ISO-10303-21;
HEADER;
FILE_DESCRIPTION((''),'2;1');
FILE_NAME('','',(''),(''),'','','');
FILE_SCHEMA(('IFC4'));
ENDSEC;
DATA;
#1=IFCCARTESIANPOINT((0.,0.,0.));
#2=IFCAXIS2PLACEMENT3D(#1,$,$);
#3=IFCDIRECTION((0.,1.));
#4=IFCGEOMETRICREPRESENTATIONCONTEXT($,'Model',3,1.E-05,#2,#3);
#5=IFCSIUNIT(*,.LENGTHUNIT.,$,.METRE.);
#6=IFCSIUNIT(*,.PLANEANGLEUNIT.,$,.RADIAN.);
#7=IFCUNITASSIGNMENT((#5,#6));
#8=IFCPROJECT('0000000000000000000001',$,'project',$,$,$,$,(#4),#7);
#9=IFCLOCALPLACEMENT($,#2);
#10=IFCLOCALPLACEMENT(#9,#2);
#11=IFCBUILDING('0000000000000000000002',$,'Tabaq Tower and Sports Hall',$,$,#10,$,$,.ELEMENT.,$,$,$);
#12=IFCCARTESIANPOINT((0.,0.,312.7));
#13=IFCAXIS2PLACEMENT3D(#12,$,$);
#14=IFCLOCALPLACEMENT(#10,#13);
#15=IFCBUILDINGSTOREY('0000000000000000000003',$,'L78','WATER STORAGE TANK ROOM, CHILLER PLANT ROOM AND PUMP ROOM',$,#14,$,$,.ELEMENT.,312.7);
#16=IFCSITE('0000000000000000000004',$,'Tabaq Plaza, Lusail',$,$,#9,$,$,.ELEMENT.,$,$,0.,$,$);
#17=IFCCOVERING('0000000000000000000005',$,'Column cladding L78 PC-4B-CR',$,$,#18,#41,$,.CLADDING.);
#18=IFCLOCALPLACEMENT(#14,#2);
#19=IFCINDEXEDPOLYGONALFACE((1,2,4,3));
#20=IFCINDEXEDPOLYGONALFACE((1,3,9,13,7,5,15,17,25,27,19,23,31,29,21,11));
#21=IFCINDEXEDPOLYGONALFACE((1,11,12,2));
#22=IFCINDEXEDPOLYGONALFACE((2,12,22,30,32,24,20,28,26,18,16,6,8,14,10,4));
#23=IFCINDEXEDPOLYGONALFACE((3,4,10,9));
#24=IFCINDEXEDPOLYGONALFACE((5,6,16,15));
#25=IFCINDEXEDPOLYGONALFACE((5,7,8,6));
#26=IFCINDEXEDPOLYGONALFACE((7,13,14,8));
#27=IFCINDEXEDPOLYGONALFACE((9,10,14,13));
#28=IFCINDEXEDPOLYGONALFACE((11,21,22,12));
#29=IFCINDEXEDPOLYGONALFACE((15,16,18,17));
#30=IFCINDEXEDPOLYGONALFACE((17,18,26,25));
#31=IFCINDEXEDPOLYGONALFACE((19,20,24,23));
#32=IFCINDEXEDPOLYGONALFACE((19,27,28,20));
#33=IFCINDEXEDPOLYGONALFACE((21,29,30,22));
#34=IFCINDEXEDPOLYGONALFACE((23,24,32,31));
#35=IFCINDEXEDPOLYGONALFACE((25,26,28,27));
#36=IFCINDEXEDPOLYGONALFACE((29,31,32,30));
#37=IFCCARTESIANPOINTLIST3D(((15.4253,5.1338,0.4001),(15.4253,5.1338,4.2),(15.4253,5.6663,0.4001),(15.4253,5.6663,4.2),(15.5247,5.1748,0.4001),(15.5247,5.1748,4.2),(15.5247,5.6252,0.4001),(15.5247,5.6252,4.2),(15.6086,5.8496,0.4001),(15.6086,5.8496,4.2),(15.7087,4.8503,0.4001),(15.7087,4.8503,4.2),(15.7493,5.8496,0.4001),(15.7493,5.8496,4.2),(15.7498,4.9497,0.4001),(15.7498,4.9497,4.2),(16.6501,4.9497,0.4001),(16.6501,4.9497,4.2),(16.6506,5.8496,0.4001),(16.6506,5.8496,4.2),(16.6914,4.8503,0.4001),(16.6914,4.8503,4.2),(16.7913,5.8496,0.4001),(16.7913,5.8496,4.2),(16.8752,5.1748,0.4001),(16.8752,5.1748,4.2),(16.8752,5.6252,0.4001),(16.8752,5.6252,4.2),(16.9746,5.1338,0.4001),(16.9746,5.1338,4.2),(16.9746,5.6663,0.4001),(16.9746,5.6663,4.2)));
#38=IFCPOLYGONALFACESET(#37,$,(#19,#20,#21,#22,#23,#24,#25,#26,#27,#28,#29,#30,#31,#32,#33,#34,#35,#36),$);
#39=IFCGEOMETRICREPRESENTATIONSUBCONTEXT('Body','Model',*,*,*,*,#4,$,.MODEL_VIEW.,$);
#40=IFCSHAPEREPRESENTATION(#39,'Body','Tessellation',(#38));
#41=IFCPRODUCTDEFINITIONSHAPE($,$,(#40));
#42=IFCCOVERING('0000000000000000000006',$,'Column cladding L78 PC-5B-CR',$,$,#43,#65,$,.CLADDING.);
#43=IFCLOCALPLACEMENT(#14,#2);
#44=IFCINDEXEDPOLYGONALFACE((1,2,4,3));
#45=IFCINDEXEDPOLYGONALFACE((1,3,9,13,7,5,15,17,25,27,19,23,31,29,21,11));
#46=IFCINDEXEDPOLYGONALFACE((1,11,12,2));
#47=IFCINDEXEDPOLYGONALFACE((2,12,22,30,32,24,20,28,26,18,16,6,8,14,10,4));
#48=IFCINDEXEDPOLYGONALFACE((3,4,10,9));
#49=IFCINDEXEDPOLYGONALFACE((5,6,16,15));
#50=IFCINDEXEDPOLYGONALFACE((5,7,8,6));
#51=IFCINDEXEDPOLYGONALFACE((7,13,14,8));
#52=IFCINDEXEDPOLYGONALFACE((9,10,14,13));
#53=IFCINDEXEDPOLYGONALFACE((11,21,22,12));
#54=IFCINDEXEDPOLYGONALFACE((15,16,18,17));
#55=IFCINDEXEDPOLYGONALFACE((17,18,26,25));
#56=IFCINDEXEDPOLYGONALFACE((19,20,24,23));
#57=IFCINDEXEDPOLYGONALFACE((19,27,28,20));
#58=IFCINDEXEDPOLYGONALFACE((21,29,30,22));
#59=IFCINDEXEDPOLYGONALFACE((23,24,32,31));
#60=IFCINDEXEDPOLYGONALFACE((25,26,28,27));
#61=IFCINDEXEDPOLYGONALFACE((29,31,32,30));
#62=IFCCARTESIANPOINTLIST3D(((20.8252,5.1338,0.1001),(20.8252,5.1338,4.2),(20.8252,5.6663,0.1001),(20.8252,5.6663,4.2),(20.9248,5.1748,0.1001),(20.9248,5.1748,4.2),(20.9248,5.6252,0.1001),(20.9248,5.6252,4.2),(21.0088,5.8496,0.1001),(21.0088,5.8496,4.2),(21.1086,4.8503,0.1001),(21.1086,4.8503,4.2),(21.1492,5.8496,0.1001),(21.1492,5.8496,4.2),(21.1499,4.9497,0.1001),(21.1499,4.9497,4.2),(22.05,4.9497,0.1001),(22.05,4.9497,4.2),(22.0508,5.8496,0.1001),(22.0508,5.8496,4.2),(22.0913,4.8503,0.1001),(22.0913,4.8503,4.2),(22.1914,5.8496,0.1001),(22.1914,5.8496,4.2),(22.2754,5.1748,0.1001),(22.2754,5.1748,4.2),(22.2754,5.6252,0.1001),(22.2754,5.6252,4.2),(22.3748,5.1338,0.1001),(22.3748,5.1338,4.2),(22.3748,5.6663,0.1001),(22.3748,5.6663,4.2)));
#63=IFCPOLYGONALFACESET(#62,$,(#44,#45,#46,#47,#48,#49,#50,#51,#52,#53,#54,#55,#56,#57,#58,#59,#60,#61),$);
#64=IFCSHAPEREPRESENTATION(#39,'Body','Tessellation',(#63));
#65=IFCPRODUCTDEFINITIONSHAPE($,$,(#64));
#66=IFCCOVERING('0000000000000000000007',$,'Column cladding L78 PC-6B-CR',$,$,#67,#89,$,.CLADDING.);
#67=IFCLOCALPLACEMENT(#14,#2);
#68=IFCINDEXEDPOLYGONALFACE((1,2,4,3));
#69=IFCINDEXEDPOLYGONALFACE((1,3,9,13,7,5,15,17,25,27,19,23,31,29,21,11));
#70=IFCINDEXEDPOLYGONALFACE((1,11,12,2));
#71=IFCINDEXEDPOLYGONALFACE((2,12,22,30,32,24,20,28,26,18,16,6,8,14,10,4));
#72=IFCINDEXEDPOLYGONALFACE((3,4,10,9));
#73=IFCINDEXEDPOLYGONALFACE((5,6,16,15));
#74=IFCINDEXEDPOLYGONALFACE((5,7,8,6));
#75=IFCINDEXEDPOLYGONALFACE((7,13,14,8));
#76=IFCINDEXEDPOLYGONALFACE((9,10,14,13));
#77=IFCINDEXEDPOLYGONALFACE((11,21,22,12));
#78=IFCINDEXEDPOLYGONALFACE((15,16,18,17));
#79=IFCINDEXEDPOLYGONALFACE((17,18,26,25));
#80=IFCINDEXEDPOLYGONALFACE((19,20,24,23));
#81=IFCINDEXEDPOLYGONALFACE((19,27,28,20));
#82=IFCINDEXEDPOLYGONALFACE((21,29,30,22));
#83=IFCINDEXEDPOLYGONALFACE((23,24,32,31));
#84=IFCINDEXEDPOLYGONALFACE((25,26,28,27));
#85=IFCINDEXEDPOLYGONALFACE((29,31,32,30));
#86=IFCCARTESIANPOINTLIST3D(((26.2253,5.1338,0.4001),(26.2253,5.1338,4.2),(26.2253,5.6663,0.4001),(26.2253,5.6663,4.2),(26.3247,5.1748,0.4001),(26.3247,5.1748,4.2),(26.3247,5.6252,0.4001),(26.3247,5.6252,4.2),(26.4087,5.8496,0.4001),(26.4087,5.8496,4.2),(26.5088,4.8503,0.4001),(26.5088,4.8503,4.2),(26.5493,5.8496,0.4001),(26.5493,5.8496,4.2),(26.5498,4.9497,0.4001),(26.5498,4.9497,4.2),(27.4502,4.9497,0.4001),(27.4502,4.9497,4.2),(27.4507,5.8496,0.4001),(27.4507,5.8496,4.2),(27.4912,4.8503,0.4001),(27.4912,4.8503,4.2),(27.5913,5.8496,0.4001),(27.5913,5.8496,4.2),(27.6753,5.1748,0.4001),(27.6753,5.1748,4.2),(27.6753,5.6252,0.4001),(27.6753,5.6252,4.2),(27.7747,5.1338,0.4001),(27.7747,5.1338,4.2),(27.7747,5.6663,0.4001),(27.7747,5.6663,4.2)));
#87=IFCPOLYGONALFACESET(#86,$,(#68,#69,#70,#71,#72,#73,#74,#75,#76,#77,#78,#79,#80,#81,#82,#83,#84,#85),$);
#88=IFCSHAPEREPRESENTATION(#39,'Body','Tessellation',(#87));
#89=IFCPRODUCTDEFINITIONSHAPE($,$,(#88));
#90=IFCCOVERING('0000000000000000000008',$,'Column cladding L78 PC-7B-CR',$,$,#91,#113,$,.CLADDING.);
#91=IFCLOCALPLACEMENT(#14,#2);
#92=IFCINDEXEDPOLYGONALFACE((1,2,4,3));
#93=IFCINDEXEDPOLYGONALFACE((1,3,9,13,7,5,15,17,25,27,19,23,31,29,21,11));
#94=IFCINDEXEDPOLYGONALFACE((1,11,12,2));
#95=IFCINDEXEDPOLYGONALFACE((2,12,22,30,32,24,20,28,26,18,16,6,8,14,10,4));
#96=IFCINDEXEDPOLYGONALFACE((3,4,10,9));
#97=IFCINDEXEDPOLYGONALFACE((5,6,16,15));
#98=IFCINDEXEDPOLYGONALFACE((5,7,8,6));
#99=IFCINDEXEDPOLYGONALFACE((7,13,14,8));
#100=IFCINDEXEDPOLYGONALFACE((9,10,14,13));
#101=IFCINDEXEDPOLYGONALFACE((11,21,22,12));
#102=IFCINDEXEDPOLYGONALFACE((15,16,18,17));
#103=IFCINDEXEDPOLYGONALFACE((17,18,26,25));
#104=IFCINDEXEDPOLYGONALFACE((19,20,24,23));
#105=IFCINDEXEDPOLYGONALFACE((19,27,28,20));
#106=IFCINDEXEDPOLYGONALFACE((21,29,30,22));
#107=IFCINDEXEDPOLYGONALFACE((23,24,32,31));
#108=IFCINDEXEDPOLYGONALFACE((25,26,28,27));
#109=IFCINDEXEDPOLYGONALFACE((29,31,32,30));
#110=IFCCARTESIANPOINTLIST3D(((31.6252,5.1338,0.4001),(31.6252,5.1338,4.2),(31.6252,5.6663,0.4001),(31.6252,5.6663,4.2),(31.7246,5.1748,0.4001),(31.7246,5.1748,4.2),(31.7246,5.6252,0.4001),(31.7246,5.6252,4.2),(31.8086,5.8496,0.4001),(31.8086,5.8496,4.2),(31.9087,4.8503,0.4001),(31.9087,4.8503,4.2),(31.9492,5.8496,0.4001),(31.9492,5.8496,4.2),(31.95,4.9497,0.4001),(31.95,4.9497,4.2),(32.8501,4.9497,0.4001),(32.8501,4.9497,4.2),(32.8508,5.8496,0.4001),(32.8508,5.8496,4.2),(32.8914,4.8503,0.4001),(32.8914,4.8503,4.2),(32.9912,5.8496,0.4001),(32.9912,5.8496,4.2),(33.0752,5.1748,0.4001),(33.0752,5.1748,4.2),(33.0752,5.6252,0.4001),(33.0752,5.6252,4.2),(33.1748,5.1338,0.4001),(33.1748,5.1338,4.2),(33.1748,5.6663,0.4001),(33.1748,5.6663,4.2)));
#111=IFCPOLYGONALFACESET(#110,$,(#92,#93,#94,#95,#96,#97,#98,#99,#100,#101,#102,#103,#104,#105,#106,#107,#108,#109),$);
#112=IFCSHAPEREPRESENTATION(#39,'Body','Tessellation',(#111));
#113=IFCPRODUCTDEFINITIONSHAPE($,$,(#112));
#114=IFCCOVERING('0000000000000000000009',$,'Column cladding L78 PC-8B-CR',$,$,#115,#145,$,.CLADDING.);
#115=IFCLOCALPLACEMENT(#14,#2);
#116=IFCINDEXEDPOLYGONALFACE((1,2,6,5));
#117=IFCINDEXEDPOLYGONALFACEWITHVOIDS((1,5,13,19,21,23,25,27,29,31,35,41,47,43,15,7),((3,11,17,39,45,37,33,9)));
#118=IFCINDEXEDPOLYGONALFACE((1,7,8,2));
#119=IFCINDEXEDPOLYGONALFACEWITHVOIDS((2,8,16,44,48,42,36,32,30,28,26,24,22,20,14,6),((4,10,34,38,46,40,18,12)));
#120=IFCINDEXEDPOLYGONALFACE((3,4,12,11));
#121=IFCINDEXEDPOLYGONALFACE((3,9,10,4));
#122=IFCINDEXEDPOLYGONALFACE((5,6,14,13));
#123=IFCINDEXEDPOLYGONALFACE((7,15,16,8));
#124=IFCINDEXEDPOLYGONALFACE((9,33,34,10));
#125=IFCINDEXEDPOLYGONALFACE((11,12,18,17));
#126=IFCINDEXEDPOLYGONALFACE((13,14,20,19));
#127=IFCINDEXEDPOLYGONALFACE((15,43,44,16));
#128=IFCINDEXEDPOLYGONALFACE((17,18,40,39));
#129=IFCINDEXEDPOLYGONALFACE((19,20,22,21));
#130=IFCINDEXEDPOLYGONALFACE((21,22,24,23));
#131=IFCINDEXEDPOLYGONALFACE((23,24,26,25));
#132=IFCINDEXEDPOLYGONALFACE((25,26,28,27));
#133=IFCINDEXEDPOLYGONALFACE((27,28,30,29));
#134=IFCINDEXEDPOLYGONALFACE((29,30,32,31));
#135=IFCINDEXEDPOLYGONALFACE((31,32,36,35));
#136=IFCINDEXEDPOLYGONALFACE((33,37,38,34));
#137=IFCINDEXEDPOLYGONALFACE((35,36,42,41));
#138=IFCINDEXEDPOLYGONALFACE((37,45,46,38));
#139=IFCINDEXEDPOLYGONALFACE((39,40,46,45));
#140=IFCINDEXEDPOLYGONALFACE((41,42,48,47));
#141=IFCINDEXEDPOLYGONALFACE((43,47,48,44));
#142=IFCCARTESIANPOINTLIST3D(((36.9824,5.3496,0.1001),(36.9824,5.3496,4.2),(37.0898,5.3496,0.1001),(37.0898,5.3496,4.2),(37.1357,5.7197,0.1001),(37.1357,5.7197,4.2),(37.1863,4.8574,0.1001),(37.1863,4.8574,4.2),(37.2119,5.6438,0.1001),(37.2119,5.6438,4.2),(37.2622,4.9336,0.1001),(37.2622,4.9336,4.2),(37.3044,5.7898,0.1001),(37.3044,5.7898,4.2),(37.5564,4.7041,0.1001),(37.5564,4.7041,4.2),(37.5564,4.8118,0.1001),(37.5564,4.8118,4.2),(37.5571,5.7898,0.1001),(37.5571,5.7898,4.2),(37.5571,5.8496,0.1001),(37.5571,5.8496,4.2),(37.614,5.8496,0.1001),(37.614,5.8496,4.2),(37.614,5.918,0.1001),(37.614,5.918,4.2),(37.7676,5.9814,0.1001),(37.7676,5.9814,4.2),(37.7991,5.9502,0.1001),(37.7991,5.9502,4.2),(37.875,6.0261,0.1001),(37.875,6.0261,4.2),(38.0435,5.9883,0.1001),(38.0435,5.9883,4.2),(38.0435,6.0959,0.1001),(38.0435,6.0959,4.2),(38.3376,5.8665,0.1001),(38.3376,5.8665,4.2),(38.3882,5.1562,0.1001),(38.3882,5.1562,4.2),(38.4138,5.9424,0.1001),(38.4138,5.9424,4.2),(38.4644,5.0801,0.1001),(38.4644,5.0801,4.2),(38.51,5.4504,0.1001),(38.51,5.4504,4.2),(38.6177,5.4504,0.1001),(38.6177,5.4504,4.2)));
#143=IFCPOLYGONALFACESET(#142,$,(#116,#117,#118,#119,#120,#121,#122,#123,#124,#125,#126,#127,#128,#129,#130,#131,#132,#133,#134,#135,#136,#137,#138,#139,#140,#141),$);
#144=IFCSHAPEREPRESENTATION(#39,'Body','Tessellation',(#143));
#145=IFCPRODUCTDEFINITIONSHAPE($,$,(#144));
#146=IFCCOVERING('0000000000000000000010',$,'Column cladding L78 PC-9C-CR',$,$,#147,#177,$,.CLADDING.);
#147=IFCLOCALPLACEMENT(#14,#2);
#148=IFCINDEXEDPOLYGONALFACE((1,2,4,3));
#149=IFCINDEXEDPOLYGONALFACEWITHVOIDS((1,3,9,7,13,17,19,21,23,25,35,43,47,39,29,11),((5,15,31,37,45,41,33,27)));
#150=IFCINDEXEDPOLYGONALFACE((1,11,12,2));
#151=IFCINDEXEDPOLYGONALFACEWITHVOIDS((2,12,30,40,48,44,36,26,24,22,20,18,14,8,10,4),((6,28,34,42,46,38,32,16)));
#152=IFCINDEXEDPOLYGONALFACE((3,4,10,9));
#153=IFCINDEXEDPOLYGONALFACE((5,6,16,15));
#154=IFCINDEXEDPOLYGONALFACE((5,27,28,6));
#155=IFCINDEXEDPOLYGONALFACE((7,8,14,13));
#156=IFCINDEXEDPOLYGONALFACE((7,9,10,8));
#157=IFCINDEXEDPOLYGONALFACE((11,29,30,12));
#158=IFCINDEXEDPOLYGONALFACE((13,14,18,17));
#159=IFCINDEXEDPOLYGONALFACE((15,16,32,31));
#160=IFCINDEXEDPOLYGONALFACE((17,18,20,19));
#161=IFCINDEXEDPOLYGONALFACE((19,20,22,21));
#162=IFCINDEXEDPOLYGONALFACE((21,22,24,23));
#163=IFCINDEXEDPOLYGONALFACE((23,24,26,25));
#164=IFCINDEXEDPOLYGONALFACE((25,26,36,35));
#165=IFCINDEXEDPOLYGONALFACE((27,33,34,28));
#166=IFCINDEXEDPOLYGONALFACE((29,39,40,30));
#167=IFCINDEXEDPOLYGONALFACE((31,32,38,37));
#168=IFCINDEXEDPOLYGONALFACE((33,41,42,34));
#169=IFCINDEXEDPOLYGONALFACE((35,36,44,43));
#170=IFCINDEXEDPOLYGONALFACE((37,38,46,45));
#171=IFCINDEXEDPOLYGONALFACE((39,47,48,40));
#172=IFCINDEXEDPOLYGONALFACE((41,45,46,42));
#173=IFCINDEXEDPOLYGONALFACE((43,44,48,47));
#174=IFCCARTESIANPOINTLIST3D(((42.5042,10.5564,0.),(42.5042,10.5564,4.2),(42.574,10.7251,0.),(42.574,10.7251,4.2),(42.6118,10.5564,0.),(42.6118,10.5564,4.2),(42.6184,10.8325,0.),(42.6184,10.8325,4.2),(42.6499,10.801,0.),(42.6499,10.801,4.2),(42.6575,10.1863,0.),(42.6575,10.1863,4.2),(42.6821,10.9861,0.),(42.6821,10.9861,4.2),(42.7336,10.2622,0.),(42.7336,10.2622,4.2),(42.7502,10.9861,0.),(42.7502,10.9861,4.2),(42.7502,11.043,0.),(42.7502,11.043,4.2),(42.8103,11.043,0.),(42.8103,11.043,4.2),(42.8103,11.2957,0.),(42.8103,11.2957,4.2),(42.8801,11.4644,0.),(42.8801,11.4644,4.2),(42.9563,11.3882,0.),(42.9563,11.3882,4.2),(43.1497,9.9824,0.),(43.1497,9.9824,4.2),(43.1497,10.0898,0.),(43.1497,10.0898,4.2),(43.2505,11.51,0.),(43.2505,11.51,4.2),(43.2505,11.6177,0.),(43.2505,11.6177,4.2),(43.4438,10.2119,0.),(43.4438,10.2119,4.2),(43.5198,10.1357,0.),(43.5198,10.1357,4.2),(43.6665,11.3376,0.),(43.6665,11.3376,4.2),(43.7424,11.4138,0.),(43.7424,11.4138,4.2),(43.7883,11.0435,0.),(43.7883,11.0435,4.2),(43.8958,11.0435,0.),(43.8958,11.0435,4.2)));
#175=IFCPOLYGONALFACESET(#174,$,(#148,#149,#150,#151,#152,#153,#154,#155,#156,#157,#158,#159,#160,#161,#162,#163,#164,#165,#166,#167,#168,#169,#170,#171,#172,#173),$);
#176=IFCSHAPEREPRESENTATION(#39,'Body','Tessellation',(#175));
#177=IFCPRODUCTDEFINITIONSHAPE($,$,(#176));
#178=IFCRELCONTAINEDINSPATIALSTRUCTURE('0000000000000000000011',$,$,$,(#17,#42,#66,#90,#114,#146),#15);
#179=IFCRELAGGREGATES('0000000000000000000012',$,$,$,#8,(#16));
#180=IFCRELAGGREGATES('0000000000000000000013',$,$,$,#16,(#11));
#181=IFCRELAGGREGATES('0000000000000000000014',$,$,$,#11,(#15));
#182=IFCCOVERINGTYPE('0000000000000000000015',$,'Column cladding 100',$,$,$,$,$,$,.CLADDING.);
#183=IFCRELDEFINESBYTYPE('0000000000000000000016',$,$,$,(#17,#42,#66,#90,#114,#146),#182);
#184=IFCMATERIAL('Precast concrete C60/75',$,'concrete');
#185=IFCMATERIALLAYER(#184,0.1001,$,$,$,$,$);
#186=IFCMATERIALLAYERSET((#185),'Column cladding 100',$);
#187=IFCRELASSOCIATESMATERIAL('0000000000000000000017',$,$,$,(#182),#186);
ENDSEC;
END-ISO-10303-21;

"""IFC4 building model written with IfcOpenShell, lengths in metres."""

from ifc_helpers import new_model, si_unit, direction, frame, origin, place, context, subcontext, project, spatial, polyline, outline, extrude, material, layer, layer_set, type_object, element, save


model = new_model("IFC4")

# Units and contexts
model_context = context("Model", 3, precision=1e-05, world=origin(), true_north=direction((0.0, 1.0)))
body_context = subcontext(model_context, "Body", "Model", "MODEL_VIEW")
ifc_project = project(units=[si_unit("LENGTHUNIT", "METRE"), si_unit("PLANEANGLEUNIT", "RADIAN")], contexts=[model_context])

# Site, building, storey
site_placement = place(None, origin())
site = spatial("IfcSite", under=ifc_project, at=site_placement, Name="Tabaq Plaza, Lusail", CompositionType="ELEMENT", RefElevation=0.0)
building_placement = place(site_placement, origin())
building = spatial("IfcBuilding", under=site, at=building_placement, Name="Tabaq Tower and Sports Hall", CompositionType="ELEMENT")
storey_placement = place(building_placement, frame((0.0, 0.0, 312.7)))
storey = spatial("IfcBuildingStorey", under=building, at=storey_placement, Name="L78", Description="WATER STORAGE TANK ROOM, CHILLER PLANT ROOM AND PUMP ROOM", CompositionType="ELEMENT", Elevation=312.7)

# Coverings
ifc_material_1 = material(Name="Precast concrete C60/75", Category="concrete")
ifc_layer_1 = layer(ifc_material_1, 0.1001)
ifc_layer_set_1 = layer_set([ifc_layer_1], Name="Column cladding 100")
covering_type_1 = type_object("IfcCoveringType", Name="Column cladding 100", PredefinedType="CLADDING", material=ifc_layer_set_1)
covering_1_placement = place(storey_placement, frame((0.0, 0.0, 0.4001)))
element("IfcCovering", 1, at=covering_1_placement, inside=storey, type_object=covering_type_1, Name="Column cladding L78 PC-4B-CR", PredefinedType="CLADDING", context=body_context, shape_type="SweptSolid", body=[
    extrude(outline(polyline([(15.4253, 5.6663), (15.6086, 5.8496), (15.7493, 5.8496), (15.5247, 5.6252), (15.5247, 5.1748), (15.7498, 4.9497), (16.6501, 4.9497), (16.8752, 5.1748), (16.8752, 5.6252), (16.6506, 5.8496), (16.7913, 5.8496), (16.9746, 5.6663), (16.9746, 5.1338), (16.6914, 4.8503), (15.7087, 4.8503), (15.4253, 5.1338), (15.4253, 5.6663)])), origin(), (0.0, 0.0, 1.0), 3.7998),
])
covering_2_placement = place(storey_placement, frame((0.0, 0.0, 0.1001)))
element("IfcCovering", 2, at=covering_2_placement, inside=storey, type_object=covering_type_1, Name="Column cladding L78 PC-5B-CR", PredefinedType="CLADDING", context=body_context, shape_type="SweptSolid", body=[
    extrude(outline(polyline([(20.8252, 5.6663), (21.0088, 5.8496), (21.1492, 5.8496), (20.9248, 5.6252), (20.9248, 5.1748), (21.1499, 4.9497), (22.05, 4.9497), (22.2754, 5.1748), (22.2754, 5.6252), (22.0508, 5.8496), (22.1914, 5.8496), (22.3748, 5.6663), (22.3748, 5.1338), (22.0913, 4.8503), (21.1086, 4.8503), (20.8252, 5.1338), (20.8252, 5.6663)])), origin(), (0.0, 0.0, 1.0), 4.0999),
])
covering_3_placement = place(storey_placement, frame((0.0, 0.0, 0.4001)))
element("IfcCovering", 3, at=covering_3_placement, inside=storey, type_object=covering_type_1, Name="Column cladding L78 PC-6B-CR", PredefinedType="CLADDING", context=body_context, shape_type="SweptSolid", body=[
    extrude(outline(polyline([(26.2253, 5.6663), (26.4087, 5.8496), (26.5493, 5.8496), (26.3247, 5.6252), (26.3247, 5.1748), (26.5498, 4.9497), (27.4502, 4.9497), (27.6753, 5.1748), (27.6753, 5.6252), (27.4507, 5.8496), (27.5913, 5.8496), (27.7747, 5.6663), (27.7747, 5.1338), (27.4912, 4.8503), (26.5088, 4.8503), (26.2253, 5.1338), (26.2253, 5.6663)])), origin(), (0.0, 0.0, 1.0), 3.7998),
])
covering_4_placement = place(storey_placement, frame((0.0, 0.0, 0.4001)))
element("IfcCovering", 4, at=covering_4_placement, inside=storey, type_object=covering_type_1, Name="Column cladding L78 PC-7B-CR", PredefinedType="CLADDING", context=body_context, shape_type="SweptSolid", body=[
    extrude(outline(polyline([(31.6252, 5.6663), (31.8086, 5.8496), (31.9492, 5.8496), (31.7246, 5.6252), (31.7246, 5.1748), (31.95, 4.9497), (32.8501, 4.9497), (33.0752, 5.1748), (33.0752, 5.6252), (32.8508, 5.8496), (32.9912, 5.8496), (33.1748, 5.6663), (33.1748, 5.1338), (32.8914, 4.8503), (31.9087, 4.8503), (31.6252, 5.1338), (31.6252, 5.6663)])), origin(), (0.0, 0.0, 1.0), 3.7998),
])
covering_5_placement = place(storey_placement, frame((0.0, 0.0, 0.1001)))
element("IfcCovering", 5, at=covering_5_placement, inside=storey, type_object=covering_type_1, Name="Column cladding L78 PC-8B-CR", PredefinedType="CLADDING", context=body_context, shape_type="SweptSolid", body=[
    extrude(outline(polyline([(36.9824, 5.3496), (37.1357, 5.7197), (37.3044, 5.7898), (37.5571, 5.7898), (37.5571, 5.8496), (37.614, 5.8496), (37.614, 5.918), (37.7676, 5.9814), (37.7991, 5.9502), (37.875, 6.0261), (38.0435, 6.0959), (38.4138, 5.9424), (38.6177, 5.4504), (38.4644, 5.0801), (37.5564, 4.7041), (37.1863, 4.8574), (36.9824, 5.3496)]), holes=[polyline([(38.51, 5.4504), (38.3376, 5.8665), (38.0435, 5.9883), (37.2119, 5.6438), (37.0898, 5.3496), (37.2622, 4.9336), (37.5564, 4.8118), (38.3882, 5.1562), (38.51, 5.4504)])]), origin(), (0.0, 0.0, 1.0), 4.0999),
])
covering_6_placement = place(storey_placement, origin())
element("IfcCovering", 6, at=covering_6_placement, inside=storey, type_object=covering_type_1, Name="Column cladding L78 PC-9C-CR", PredefinedType="CLADDING", context=body_context, shape_type="SweptSolid", body=[
    extrude(outline(polyline([(42.6575, 10.1863), (42.5042, 10.5564), (42.574, 10.7251), (42.6499, 10.801), (42.6184, 10.8325), (42.6821, 10.9861), (42.7502, 10.9861), (42.7502, 11.043), (42.8103, 11.043), (42.8103, 11.2957), (42.8801, 11.4644), (43.2505, 11.6177), (43.7424, 11.4138), (43.8958, 11.0435), (43.5198, 10.1357), (43.1497, 9.9824), (42.6575, 10.1863)]), holes=[polyline([(43.6665, 11.3376), (43.2505, 11.51), (42.9563, 11.3882), (42.6118, 10.5564), (42.7336, 10.2622), (43.1497, 10.0898), (43.4438, 10.2119), (43.7883, 11.0435), (43.6665, 11.3376)])]), origin(), (0.0, 0.0, 1.0), 4.2),
])

save(model, "model.ifc")
